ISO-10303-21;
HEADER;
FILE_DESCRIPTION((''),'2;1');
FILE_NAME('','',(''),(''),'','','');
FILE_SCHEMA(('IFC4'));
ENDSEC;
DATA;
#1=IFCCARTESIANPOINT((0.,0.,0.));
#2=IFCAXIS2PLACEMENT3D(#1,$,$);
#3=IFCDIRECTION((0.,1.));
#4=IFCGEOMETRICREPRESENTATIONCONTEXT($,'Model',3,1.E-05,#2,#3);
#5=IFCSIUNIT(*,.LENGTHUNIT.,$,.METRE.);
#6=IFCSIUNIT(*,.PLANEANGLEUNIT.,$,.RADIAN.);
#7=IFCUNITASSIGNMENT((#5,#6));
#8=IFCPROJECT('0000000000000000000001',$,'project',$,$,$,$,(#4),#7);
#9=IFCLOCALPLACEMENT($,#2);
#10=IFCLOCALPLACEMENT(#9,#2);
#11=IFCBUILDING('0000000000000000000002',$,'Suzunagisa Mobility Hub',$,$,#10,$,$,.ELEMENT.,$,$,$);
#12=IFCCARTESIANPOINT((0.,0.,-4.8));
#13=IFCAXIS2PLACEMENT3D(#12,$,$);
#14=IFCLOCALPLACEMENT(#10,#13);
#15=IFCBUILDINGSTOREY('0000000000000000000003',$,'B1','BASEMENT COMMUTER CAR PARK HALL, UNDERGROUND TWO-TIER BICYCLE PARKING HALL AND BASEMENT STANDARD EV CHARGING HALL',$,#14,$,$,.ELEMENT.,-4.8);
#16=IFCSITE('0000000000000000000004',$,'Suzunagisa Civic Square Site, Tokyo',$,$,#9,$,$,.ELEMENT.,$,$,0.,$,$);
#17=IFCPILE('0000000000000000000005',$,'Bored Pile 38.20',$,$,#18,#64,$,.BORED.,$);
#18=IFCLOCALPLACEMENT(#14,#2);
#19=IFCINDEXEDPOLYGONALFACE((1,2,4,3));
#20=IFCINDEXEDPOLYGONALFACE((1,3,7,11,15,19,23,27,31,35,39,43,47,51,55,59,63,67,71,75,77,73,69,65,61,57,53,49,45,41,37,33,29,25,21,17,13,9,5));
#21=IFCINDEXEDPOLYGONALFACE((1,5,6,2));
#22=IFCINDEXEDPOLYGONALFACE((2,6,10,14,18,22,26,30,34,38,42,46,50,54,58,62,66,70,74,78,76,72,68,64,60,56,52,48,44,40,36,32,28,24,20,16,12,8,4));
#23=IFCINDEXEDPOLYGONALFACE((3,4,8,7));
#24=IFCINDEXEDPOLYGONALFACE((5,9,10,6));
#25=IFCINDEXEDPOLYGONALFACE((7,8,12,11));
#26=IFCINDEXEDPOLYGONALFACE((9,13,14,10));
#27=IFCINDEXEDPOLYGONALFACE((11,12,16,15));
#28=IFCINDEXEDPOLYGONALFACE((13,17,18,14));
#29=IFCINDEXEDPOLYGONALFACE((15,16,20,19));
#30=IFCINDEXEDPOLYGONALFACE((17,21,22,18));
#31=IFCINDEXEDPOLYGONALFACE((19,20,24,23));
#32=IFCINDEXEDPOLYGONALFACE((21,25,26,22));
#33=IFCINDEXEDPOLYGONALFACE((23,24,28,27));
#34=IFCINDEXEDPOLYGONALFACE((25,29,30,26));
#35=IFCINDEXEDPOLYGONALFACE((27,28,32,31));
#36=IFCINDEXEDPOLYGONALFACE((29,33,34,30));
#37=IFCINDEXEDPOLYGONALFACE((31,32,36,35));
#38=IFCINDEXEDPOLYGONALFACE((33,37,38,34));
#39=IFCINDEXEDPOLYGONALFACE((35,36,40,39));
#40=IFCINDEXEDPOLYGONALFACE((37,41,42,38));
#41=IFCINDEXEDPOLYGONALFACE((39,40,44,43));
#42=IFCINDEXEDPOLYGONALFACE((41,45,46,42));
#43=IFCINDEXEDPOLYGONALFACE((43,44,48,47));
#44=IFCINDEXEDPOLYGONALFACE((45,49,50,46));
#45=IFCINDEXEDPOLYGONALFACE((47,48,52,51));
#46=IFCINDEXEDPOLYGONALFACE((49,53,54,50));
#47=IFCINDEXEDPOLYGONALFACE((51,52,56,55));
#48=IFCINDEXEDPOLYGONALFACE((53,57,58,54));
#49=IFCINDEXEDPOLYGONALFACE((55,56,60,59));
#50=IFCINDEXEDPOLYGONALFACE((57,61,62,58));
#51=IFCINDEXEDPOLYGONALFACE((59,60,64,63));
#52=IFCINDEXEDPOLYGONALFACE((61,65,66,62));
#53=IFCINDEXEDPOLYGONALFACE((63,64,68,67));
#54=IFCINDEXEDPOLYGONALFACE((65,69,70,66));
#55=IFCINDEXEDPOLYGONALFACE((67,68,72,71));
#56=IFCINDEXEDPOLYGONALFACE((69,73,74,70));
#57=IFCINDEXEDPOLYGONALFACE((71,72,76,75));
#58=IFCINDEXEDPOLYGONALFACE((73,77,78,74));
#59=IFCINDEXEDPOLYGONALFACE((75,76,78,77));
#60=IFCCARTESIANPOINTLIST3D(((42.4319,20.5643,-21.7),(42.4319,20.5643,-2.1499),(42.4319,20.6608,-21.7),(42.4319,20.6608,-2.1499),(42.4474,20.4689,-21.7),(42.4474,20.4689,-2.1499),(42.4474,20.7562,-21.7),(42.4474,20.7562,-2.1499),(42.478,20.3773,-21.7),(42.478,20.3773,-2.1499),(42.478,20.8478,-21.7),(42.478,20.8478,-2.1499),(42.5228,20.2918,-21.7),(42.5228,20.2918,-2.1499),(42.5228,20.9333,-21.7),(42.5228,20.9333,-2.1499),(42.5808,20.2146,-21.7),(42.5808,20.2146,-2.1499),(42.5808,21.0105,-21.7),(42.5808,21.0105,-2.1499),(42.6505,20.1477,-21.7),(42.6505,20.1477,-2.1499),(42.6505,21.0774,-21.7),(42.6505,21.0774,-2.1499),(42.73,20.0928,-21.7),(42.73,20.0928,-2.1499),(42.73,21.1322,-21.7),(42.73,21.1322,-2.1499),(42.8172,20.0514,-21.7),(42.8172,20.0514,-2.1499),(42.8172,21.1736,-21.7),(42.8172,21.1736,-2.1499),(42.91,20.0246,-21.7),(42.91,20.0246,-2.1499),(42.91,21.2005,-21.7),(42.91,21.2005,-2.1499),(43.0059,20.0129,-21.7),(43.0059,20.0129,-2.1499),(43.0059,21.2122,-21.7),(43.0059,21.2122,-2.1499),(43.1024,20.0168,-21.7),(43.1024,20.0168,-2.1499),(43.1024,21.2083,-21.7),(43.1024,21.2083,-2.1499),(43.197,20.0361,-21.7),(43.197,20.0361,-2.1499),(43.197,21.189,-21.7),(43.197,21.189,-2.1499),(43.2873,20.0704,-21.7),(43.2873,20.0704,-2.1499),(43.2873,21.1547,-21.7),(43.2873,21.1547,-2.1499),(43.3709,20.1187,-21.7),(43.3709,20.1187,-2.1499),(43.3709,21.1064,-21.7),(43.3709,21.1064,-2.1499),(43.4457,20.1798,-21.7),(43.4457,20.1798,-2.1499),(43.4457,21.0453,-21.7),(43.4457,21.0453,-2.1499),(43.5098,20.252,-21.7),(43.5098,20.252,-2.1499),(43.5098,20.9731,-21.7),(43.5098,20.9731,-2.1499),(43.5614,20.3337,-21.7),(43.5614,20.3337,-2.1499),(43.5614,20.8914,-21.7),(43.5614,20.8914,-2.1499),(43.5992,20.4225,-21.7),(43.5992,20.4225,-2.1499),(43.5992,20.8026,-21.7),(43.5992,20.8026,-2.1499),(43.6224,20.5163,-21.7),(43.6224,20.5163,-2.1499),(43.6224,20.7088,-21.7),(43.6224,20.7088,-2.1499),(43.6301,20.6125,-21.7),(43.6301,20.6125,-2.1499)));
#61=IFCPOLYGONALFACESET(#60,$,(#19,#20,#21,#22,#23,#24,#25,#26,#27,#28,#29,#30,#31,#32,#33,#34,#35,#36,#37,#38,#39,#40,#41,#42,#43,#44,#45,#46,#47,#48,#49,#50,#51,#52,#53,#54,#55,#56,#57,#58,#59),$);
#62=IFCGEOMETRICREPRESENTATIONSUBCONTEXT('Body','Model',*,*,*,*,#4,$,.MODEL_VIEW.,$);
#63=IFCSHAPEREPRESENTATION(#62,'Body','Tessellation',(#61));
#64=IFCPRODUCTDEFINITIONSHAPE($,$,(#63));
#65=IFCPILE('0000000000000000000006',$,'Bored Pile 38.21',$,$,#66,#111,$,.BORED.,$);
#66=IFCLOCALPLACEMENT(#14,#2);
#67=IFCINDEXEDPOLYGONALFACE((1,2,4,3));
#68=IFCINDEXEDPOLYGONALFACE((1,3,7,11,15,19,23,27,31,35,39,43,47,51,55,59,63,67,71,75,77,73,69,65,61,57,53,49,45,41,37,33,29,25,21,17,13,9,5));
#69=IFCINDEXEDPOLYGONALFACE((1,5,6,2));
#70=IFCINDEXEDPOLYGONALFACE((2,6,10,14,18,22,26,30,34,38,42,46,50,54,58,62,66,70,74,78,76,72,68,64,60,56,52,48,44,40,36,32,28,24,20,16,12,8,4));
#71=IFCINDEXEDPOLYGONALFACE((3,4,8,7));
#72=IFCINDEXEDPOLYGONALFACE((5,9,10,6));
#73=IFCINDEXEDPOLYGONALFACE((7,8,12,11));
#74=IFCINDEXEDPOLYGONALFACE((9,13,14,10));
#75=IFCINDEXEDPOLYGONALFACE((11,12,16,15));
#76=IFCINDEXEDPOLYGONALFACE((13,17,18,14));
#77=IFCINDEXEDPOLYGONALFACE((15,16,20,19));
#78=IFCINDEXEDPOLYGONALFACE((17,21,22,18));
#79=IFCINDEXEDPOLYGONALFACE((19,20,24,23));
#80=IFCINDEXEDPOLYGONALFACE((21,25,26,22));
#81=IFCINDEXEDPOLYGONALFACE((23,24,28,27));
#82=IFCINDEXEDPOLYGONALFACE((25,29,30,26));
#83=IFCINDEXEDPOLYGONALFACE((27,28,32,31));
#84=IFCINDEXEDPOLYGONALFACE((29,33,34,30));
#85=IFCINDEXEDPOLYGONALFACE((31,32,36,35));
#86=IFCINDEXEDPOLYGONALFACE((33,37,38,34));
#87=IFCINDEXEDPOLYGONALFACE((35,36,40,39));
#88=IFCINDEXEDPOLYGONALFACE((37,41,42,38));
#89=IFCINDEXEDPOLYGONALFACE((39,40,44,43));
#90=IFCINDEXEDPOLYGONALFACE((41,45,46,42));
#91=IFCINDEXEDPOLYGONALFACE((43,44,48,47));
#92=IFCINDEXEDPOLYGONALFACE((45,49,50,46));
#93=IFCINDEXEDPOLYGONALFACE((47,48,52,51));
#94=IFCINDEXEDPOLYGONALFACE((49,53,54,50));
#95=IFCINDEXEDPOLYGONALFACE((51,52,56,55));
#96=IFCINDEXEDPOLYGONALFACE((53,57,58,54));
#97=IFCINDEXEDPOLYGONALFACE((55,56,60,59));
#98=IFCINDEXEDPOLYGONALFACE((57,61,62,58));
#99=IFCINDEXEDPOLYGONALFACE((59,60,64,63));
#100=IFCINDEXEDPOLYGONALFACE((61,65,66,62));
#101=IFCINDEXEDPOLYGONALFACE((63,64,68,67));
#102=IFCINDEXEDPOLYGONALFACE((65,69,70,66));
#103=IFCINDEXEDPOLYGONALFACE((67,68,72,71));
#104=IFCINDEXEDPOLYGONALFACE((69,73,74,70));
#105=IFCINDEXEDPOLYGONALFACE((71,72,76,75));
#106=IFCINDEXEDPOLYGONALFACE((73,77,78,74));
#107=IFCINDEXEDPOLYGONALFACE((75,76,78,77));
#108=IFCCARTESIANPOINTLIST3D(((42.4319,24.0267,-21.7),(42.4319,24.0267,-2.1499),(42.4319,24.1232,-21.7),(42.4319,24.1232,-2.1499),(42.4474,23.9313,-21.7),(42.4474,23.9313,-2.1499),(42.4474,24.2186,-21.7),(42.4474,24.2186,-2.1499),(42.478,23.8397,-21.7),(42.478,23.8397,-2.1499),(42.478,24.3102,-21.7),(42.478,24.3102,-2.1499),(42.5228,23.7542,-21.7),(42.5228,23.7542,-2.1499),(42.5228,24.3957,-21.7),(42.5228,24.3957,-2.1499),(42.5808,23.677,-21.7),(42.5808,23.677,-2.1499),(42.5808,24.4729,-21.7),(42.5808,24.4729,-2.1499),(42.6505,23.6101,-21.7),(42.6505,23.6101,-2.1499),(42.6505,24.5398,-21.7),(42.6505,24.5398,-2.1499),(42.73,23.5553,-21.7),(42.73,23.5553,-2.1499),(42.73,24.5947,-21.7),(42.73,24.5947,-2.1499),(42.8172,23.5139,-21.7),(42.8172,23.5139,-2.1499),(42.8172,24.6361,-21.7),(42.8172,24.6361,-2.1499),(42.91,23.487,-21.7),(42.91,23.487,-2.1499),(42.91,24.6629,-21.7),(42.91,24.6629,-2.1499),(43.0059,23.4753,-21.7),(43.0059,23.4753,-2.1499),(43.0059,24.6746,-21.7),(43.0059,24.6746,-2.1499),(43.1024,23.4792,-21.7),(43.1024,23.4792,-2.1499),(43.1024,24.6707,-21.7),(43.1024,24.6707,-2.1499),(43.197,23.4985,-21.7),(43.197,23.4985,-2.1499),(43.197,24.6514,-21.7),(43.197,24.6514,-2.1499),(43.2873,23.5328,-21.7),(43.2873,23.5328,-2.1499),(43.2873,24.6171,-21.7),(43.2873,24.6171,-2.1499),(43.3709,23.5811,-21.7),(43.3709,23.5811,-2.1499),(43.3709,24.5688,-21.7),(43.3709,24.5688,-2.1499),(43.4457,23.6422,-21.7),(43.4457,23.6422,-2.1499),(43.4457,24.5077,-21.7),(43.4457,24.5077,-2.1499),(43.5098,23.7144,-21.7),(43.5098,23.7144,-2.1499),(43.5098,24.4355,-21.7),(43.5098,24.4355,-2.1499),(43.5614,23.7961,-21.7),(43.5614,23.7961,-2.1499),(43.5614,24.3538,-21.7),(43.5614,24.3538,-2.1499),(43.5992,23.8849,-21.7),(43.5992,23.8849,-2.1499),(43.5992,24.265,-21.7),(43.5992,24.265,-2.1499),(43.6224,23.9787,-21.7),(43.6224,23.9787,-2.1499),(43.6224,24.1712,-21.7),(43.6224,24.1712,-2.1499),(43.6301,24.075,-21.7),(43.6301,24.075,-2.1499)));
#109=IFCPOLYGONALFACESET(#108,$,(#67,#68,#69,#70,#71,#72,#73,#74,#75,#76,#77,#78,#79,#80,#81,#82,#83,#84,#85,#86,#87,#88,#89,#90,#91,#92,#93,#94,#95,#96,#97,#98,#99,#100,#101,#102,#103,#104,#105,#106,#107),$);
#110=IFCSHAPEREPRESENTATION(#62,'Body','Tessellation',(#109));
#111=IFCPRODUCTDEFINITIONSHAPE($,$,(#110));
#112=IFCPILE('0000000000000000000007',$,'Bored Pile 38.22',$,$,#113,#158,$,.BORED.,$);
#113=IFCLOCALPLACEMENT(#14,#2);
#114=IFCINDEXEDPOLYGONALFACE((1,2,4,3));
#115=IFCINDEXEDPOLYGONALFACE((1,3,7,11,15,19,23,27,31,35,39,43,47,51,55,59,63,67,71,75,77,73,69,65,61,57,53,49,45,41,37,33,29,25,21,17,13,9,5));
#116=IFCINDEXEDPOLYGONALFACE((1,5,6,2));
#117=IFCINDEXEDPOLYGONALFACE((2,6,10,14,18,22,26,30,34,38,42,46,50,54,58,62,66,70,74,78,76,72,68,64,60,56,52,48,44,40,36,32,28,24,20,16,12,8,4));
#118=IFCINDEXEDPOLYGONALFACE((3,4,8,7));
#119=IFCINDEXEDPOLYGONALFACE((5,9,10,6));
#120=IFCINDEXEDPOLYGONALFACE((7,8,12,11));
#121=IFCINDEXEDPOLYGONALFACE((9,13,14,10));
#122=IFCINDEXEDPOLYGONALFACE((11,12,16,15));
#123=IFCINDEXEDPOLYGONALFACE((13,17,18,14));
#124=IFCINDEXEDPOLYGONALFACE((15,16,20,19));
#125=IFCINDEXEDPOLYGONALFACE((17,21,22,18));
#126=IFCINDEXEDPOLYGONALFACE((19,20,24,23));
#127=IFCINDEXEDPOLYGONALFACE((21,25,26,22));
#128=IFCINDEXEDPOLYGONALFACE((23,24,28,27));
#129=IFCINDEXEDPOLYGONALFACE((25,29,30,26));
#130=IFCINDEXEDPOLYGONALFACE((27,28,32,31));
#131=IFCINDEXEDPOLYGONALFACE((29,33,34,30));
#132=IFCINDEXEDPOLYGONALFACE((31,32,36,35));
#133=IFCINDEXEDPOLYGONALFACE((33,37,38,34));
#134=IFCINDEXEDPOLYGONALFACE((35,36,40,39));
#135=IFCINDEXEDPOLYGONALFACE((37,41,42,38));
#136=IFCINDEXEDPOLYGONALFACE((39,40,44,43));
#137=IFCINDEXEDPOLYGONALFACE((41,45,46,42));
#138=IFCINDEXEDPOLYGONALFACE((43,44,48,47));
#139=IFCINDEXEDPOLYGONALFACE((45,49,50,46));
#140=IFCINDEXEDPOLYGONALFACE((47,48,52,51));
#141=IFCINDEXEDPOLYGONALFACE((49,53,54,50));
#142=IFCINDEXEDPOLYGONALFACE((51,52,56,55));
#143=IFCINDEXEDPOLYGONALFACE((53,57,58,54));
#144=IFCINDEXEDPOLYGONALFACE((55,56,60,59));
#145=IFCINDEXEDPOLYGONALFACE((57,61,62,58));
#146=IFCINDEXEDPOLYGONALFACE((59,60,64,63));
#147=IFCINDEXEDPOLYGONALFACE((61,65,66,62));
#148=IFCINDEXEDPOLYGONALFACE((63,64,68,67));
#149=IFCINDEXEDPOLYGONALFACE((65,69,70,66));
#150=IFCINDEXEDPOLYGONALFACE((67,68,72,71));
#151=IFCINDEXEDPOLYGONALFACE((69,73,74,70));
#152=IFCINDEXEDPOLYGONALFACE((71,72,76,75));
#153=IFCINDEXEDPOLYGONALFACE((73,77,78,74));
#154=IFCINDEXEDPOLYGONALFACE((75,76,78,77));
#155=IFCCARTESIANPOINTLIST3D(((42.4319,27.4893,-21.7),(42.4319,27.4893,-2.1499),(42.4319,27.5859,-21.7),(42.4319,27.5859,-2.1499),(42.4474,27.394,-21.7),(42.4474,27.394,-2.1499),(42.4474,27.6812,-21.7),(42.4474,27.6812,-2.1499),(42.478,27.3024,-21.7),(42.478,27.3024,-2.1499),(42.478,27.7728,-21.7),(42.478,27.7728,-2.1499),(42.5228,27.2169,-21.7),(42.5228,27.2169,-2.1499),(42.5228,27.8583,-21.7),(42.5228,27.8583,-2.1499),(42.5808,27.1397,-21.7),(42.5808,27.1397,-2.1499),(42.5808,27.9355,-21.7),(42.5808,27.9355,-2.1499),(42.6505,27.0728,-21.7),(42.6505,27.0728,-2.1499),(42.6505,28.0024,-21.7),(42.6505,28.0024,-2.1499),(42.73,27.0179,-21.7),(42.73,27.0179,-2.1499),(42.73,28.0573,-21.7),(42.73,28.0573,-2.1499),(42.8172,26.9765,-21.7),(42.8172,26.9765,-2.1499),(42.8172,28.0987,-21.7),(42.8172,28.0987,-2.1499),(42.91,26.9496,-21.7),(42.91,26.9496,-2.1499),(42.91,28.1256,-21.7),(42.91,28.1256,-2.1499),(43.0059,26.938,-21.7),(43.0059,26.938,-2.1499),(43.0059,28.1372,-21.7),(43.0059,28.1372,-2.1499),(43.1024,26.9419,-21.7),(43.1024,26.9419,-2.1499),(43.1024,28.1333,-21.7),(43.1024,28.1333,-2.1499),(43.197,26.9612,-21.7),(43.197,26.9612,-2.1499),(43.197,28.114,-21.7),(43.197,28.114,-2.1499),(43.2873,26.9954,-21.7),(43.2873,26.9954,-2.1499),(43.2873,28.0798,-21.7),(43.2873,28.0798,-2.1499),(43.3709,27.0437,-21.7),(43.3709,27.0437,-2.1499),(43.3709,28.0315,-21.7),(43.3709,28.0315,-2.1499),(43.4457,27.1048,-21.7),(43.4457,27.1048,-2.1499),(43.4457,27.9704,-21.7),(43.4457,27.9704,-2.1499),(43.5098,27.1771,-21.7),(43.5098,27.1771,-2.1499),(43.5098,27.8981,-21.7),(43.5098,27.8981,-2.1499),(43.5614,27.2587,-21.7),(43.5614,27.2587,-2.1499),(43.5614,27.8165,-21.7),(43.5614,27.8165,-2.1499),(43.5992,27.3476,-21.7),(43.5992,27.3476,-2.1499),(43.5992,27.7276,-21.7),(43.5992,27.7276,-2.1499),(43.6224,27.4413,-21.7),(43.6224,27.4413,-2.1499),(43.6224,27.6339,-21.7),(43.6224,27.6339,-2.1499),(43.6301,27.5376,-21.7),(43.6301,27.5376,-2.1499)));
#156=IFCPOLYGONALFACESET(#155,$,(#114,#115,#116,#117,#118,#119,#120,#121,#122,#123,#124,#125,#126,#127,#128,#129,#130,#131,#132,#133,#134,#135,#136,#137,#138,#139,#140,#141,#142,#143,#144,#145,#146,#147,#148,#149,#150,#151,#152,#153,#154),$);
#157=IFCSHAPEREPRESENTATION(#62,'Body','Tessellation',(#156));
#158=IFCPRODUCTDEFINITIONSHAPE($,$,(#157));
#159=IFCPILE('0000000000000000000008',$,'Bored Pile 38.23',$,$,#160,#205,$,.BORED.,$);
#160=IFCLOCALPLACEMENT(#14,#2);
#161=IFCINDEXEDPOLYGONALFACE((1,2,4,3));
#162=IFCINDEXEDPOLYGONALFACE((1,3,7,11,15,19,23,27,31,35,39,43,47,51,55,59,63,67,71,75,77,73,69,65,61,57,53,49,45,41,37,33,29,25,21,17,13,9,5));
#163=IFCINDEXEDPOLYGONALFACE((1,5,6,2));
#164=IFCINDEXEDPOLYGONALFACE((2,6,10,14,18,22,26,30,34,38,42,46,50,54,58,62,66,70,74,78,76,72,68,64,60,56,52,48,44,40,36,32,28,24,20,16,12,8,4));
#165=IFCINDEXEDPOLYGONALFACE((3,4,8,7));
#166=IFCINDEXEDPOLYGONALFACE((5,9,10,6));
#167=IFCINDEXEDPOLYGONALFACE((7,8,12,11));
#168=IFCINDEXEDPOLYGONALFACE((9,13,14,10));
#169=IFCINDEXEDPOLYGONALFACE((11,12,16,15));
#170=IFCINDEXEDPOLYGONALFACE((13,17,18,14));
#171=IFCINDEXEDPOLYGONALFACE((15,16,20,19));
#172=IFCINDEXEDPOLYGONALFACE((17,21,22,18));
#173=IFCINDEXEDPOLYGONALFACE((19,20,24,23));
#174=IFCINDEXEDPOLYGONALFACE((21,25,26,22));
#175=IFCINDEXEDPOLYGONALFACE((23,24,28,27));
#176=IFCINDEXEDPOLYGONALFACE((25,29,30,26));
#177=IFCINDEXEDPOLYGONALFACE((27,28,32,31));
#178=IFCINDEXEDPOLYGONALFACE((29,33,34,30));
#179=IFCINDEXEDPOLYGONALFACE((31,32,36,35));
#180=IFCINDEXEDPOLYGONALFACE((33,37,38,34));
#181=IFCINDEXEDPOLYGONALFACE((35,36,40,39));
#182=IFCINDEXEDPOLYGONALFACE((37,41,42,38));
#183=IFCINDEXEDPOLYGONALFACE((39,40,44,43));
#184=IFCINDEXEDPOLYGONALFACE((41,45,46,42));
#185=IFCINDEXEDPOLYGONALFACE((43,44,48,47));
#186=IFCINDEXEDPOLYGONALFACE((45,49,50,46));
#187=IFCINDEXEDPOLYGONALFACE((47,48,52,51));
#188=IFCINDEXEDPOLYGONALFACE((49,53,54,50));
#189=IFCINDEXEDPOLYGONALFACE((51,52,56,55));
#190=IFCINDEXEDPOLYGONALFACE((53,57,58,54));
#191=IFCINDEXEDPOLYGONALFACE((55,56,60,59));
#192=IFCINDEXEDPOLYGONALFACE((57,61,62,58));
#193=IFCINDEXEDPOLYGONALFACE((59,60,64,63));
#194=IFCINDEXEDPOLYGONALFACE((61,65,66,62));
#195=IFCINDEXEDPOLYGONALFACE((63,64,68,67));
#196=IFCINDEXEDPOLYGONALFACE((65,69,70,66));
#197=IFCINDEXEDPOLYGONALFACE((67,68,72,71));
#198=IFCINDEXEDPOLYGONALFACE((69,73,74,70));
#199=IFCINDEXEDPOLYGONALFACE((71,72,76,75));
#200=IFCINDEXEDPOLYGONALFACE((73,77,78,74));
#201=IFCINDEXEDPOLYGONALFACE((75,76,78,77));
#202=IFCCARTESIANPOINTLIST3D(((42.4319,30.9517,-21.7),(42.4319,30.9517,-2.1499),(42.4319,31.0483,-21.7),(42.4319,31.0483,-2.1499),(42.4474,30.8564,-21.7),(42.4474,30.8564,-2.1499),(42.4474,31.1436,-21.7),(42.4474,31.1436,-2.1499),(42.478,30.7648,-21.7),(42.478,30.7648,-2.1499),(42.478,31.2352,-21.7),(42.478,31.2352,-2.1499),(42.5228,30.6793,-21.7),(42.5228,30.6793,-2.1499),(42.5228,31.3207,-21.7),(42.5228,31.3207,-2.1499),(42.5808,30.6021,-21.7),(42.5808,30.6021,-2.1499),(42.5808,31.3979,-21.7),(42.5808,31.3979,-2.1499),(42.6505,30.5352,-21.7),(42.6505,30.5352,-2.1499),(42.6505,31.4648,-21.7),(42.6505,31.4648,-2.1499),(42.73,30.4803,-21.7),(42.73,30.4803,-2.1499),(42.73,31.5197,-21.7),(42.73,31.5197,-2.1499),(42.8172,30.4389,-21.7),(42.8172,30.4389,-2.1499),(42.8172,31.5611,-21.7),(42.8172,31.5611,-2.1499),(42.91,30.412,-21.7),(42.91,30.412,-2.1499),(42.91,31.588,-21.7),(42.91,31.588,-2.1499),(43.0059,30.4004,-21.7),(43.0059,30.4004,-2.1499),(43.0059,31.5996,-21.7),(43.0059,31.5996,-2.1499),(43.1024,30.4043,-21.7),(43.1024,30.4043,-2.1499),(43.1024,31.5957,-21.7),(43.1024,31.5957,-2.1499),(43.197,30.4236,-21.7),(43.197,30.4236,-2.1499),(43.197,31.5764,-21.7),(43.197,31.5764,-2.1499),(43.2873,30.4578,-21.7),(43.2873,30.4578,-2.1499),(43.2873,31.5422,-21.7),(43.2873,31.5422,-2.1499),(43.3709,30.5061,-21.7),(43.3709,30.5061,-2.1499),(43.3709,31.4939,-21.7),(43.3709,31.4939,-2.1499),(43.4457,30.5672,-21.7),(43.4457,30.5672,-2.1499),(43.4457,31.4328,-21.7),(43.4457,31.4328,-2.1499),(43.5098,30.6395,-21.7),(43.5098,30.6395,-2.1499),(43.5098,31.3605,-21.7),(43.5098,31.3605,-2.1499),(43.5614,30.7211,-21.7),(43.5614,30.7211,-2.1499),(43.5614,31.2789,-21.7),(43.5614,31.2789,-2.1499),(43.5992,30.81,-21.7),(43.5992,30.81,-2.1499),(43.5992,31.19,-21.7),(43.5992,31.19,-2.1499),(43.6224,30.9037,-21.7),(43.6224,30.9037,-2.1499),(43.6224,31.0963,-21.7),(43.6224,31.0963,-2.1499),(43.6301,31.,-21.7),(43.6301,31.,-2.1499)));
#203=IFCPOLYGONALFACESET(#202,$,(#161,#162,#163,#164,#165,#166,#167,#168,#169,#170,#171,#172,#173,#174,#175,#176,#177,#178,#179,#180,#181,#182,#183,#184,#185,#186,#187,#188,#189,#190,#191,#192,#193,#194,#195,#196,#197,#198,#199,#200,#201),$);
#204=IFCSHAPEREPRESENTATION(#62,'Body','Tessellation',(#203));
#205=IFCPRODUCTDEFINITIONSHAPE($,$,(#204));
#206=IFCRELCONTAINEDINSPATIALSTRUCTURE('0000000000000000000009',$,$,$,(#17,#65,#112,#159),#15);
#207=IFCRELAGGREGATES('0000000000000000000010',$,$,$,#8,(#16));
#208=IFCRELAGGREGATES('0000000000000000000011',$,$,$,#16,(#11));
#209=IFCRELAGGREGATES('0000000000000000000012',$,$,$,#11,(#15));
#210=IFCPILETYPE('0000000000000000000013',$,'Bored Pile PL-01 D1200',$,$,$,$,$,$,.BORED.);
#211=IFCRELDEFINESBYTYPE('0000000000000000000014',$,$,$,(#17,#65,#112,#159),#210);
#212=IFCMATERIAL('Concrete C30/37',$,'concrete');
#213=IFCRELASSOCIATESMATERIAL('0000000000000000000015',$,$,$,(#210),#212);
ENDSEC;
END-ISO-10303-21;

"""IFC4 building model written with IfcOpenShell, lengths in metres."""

from ifc_helpers import new_model, si_unit, direction, frame, origin, origin_2d, place, context, subcontext, project, spatial, circle, extrude, material, material_profile, profile_set, type_object, element, save


model = new_model("IFC4")

# Units and contexts
model_context = context("Model", 3, precision=1e-05, world=origin(), true_north=direction((0.0, 1.0)))
body_context = subcontext(model_context, "Body", "Model", "MODEL_VIEW")
ifc_project = project(units=[si_unit("LENGTHUNIT", "METRE"), si_unit("PLANEANGLEUNIT", "RADIAN")], contexts=[model_context])

# Site, building, storey
site_placement = place(None, origin())
site = spatial("IfcSite", under=ifc_project, at=site_placement, Name="Suzunagisa Civic Square Site, Tokyo", CompositionType="ELEMENT", RefElevation=0.0)
building_placement = place(site_placement, origin())
building = spatial("IfcBuilding", under=site, at=building_placement, Name="Suzunagisa Mobility Hub", CompositionType="ELEMENT")
storey_placement = place(building_placement, frame((0.0, 0.0, -4.8)))
storey = spatial("IfcBuildingStorey", under=building, at=storey_placement, Name="B1", Description="BASEMENT COMMUTER CAR PARK HALL, UNDERGROUND TWO-TIER BICYCLE PARKING HALL AND BASEMENT STANDARD EV CHARGING HALL", CompositionType="ELEMENT", Elevation=-4.8)

# Piles
ifc_material_1 = material(Name="Concrete C30/37", Category="concrete")
ifc_material_profile_1 = material_profile(ifc_material_1, circle(Radius=0.6001, at=origin_2d()), Name="BORED PILE D1200")
ifc_profile_set_1 = profile_set([ifc_material_profile_1], Name="Concrete C30/37")
pile_type = type_object("IfcPileType", Name="Bored Pile PL-01 D1200", PredefinedType="BORED", material=ifc_profile_set_1)
for number, where, z_axis, x_axis, name in (
    (1, (43.03, 20.6125, -2.1499), (0.0, 0.0, -1.0), (1.0, 0.0, 0.0), "Bored Pile 38.20"),
    (2, (43.03, 24.075, -2.1499), (0.0, 0.0, -1.0), (1.0, 0.0, 0.0), "Bored Pile 38.21"),
    (3, (43.03, 27.5376, -2.1499), (0.0, 0.0, -1.0), (1.0, 0.0, 0.0), "Bored Pile 38.22"),
    (4, (43.03, 31.0, -2.1499), (0.0, 0.0, -1.0), (1.0, 0.0, 0.0), "Bored Pile 38.23"),
):
    element("IfcPile", number, at=place(storey_placement, frame(where, z_axis=z_axis, x_axis=x_axis)), inside=storey, type_object=pile_type, Name=name, PredefinedType="BORED", context=body_context, shape_type="SweptSolid", body=[
        extrude(circle(Radius=0.6001, at=origin_2d()), origin(), (0.0, 0.0, 1.0), 19.55),
    ])

save(model, "model.ifc")
